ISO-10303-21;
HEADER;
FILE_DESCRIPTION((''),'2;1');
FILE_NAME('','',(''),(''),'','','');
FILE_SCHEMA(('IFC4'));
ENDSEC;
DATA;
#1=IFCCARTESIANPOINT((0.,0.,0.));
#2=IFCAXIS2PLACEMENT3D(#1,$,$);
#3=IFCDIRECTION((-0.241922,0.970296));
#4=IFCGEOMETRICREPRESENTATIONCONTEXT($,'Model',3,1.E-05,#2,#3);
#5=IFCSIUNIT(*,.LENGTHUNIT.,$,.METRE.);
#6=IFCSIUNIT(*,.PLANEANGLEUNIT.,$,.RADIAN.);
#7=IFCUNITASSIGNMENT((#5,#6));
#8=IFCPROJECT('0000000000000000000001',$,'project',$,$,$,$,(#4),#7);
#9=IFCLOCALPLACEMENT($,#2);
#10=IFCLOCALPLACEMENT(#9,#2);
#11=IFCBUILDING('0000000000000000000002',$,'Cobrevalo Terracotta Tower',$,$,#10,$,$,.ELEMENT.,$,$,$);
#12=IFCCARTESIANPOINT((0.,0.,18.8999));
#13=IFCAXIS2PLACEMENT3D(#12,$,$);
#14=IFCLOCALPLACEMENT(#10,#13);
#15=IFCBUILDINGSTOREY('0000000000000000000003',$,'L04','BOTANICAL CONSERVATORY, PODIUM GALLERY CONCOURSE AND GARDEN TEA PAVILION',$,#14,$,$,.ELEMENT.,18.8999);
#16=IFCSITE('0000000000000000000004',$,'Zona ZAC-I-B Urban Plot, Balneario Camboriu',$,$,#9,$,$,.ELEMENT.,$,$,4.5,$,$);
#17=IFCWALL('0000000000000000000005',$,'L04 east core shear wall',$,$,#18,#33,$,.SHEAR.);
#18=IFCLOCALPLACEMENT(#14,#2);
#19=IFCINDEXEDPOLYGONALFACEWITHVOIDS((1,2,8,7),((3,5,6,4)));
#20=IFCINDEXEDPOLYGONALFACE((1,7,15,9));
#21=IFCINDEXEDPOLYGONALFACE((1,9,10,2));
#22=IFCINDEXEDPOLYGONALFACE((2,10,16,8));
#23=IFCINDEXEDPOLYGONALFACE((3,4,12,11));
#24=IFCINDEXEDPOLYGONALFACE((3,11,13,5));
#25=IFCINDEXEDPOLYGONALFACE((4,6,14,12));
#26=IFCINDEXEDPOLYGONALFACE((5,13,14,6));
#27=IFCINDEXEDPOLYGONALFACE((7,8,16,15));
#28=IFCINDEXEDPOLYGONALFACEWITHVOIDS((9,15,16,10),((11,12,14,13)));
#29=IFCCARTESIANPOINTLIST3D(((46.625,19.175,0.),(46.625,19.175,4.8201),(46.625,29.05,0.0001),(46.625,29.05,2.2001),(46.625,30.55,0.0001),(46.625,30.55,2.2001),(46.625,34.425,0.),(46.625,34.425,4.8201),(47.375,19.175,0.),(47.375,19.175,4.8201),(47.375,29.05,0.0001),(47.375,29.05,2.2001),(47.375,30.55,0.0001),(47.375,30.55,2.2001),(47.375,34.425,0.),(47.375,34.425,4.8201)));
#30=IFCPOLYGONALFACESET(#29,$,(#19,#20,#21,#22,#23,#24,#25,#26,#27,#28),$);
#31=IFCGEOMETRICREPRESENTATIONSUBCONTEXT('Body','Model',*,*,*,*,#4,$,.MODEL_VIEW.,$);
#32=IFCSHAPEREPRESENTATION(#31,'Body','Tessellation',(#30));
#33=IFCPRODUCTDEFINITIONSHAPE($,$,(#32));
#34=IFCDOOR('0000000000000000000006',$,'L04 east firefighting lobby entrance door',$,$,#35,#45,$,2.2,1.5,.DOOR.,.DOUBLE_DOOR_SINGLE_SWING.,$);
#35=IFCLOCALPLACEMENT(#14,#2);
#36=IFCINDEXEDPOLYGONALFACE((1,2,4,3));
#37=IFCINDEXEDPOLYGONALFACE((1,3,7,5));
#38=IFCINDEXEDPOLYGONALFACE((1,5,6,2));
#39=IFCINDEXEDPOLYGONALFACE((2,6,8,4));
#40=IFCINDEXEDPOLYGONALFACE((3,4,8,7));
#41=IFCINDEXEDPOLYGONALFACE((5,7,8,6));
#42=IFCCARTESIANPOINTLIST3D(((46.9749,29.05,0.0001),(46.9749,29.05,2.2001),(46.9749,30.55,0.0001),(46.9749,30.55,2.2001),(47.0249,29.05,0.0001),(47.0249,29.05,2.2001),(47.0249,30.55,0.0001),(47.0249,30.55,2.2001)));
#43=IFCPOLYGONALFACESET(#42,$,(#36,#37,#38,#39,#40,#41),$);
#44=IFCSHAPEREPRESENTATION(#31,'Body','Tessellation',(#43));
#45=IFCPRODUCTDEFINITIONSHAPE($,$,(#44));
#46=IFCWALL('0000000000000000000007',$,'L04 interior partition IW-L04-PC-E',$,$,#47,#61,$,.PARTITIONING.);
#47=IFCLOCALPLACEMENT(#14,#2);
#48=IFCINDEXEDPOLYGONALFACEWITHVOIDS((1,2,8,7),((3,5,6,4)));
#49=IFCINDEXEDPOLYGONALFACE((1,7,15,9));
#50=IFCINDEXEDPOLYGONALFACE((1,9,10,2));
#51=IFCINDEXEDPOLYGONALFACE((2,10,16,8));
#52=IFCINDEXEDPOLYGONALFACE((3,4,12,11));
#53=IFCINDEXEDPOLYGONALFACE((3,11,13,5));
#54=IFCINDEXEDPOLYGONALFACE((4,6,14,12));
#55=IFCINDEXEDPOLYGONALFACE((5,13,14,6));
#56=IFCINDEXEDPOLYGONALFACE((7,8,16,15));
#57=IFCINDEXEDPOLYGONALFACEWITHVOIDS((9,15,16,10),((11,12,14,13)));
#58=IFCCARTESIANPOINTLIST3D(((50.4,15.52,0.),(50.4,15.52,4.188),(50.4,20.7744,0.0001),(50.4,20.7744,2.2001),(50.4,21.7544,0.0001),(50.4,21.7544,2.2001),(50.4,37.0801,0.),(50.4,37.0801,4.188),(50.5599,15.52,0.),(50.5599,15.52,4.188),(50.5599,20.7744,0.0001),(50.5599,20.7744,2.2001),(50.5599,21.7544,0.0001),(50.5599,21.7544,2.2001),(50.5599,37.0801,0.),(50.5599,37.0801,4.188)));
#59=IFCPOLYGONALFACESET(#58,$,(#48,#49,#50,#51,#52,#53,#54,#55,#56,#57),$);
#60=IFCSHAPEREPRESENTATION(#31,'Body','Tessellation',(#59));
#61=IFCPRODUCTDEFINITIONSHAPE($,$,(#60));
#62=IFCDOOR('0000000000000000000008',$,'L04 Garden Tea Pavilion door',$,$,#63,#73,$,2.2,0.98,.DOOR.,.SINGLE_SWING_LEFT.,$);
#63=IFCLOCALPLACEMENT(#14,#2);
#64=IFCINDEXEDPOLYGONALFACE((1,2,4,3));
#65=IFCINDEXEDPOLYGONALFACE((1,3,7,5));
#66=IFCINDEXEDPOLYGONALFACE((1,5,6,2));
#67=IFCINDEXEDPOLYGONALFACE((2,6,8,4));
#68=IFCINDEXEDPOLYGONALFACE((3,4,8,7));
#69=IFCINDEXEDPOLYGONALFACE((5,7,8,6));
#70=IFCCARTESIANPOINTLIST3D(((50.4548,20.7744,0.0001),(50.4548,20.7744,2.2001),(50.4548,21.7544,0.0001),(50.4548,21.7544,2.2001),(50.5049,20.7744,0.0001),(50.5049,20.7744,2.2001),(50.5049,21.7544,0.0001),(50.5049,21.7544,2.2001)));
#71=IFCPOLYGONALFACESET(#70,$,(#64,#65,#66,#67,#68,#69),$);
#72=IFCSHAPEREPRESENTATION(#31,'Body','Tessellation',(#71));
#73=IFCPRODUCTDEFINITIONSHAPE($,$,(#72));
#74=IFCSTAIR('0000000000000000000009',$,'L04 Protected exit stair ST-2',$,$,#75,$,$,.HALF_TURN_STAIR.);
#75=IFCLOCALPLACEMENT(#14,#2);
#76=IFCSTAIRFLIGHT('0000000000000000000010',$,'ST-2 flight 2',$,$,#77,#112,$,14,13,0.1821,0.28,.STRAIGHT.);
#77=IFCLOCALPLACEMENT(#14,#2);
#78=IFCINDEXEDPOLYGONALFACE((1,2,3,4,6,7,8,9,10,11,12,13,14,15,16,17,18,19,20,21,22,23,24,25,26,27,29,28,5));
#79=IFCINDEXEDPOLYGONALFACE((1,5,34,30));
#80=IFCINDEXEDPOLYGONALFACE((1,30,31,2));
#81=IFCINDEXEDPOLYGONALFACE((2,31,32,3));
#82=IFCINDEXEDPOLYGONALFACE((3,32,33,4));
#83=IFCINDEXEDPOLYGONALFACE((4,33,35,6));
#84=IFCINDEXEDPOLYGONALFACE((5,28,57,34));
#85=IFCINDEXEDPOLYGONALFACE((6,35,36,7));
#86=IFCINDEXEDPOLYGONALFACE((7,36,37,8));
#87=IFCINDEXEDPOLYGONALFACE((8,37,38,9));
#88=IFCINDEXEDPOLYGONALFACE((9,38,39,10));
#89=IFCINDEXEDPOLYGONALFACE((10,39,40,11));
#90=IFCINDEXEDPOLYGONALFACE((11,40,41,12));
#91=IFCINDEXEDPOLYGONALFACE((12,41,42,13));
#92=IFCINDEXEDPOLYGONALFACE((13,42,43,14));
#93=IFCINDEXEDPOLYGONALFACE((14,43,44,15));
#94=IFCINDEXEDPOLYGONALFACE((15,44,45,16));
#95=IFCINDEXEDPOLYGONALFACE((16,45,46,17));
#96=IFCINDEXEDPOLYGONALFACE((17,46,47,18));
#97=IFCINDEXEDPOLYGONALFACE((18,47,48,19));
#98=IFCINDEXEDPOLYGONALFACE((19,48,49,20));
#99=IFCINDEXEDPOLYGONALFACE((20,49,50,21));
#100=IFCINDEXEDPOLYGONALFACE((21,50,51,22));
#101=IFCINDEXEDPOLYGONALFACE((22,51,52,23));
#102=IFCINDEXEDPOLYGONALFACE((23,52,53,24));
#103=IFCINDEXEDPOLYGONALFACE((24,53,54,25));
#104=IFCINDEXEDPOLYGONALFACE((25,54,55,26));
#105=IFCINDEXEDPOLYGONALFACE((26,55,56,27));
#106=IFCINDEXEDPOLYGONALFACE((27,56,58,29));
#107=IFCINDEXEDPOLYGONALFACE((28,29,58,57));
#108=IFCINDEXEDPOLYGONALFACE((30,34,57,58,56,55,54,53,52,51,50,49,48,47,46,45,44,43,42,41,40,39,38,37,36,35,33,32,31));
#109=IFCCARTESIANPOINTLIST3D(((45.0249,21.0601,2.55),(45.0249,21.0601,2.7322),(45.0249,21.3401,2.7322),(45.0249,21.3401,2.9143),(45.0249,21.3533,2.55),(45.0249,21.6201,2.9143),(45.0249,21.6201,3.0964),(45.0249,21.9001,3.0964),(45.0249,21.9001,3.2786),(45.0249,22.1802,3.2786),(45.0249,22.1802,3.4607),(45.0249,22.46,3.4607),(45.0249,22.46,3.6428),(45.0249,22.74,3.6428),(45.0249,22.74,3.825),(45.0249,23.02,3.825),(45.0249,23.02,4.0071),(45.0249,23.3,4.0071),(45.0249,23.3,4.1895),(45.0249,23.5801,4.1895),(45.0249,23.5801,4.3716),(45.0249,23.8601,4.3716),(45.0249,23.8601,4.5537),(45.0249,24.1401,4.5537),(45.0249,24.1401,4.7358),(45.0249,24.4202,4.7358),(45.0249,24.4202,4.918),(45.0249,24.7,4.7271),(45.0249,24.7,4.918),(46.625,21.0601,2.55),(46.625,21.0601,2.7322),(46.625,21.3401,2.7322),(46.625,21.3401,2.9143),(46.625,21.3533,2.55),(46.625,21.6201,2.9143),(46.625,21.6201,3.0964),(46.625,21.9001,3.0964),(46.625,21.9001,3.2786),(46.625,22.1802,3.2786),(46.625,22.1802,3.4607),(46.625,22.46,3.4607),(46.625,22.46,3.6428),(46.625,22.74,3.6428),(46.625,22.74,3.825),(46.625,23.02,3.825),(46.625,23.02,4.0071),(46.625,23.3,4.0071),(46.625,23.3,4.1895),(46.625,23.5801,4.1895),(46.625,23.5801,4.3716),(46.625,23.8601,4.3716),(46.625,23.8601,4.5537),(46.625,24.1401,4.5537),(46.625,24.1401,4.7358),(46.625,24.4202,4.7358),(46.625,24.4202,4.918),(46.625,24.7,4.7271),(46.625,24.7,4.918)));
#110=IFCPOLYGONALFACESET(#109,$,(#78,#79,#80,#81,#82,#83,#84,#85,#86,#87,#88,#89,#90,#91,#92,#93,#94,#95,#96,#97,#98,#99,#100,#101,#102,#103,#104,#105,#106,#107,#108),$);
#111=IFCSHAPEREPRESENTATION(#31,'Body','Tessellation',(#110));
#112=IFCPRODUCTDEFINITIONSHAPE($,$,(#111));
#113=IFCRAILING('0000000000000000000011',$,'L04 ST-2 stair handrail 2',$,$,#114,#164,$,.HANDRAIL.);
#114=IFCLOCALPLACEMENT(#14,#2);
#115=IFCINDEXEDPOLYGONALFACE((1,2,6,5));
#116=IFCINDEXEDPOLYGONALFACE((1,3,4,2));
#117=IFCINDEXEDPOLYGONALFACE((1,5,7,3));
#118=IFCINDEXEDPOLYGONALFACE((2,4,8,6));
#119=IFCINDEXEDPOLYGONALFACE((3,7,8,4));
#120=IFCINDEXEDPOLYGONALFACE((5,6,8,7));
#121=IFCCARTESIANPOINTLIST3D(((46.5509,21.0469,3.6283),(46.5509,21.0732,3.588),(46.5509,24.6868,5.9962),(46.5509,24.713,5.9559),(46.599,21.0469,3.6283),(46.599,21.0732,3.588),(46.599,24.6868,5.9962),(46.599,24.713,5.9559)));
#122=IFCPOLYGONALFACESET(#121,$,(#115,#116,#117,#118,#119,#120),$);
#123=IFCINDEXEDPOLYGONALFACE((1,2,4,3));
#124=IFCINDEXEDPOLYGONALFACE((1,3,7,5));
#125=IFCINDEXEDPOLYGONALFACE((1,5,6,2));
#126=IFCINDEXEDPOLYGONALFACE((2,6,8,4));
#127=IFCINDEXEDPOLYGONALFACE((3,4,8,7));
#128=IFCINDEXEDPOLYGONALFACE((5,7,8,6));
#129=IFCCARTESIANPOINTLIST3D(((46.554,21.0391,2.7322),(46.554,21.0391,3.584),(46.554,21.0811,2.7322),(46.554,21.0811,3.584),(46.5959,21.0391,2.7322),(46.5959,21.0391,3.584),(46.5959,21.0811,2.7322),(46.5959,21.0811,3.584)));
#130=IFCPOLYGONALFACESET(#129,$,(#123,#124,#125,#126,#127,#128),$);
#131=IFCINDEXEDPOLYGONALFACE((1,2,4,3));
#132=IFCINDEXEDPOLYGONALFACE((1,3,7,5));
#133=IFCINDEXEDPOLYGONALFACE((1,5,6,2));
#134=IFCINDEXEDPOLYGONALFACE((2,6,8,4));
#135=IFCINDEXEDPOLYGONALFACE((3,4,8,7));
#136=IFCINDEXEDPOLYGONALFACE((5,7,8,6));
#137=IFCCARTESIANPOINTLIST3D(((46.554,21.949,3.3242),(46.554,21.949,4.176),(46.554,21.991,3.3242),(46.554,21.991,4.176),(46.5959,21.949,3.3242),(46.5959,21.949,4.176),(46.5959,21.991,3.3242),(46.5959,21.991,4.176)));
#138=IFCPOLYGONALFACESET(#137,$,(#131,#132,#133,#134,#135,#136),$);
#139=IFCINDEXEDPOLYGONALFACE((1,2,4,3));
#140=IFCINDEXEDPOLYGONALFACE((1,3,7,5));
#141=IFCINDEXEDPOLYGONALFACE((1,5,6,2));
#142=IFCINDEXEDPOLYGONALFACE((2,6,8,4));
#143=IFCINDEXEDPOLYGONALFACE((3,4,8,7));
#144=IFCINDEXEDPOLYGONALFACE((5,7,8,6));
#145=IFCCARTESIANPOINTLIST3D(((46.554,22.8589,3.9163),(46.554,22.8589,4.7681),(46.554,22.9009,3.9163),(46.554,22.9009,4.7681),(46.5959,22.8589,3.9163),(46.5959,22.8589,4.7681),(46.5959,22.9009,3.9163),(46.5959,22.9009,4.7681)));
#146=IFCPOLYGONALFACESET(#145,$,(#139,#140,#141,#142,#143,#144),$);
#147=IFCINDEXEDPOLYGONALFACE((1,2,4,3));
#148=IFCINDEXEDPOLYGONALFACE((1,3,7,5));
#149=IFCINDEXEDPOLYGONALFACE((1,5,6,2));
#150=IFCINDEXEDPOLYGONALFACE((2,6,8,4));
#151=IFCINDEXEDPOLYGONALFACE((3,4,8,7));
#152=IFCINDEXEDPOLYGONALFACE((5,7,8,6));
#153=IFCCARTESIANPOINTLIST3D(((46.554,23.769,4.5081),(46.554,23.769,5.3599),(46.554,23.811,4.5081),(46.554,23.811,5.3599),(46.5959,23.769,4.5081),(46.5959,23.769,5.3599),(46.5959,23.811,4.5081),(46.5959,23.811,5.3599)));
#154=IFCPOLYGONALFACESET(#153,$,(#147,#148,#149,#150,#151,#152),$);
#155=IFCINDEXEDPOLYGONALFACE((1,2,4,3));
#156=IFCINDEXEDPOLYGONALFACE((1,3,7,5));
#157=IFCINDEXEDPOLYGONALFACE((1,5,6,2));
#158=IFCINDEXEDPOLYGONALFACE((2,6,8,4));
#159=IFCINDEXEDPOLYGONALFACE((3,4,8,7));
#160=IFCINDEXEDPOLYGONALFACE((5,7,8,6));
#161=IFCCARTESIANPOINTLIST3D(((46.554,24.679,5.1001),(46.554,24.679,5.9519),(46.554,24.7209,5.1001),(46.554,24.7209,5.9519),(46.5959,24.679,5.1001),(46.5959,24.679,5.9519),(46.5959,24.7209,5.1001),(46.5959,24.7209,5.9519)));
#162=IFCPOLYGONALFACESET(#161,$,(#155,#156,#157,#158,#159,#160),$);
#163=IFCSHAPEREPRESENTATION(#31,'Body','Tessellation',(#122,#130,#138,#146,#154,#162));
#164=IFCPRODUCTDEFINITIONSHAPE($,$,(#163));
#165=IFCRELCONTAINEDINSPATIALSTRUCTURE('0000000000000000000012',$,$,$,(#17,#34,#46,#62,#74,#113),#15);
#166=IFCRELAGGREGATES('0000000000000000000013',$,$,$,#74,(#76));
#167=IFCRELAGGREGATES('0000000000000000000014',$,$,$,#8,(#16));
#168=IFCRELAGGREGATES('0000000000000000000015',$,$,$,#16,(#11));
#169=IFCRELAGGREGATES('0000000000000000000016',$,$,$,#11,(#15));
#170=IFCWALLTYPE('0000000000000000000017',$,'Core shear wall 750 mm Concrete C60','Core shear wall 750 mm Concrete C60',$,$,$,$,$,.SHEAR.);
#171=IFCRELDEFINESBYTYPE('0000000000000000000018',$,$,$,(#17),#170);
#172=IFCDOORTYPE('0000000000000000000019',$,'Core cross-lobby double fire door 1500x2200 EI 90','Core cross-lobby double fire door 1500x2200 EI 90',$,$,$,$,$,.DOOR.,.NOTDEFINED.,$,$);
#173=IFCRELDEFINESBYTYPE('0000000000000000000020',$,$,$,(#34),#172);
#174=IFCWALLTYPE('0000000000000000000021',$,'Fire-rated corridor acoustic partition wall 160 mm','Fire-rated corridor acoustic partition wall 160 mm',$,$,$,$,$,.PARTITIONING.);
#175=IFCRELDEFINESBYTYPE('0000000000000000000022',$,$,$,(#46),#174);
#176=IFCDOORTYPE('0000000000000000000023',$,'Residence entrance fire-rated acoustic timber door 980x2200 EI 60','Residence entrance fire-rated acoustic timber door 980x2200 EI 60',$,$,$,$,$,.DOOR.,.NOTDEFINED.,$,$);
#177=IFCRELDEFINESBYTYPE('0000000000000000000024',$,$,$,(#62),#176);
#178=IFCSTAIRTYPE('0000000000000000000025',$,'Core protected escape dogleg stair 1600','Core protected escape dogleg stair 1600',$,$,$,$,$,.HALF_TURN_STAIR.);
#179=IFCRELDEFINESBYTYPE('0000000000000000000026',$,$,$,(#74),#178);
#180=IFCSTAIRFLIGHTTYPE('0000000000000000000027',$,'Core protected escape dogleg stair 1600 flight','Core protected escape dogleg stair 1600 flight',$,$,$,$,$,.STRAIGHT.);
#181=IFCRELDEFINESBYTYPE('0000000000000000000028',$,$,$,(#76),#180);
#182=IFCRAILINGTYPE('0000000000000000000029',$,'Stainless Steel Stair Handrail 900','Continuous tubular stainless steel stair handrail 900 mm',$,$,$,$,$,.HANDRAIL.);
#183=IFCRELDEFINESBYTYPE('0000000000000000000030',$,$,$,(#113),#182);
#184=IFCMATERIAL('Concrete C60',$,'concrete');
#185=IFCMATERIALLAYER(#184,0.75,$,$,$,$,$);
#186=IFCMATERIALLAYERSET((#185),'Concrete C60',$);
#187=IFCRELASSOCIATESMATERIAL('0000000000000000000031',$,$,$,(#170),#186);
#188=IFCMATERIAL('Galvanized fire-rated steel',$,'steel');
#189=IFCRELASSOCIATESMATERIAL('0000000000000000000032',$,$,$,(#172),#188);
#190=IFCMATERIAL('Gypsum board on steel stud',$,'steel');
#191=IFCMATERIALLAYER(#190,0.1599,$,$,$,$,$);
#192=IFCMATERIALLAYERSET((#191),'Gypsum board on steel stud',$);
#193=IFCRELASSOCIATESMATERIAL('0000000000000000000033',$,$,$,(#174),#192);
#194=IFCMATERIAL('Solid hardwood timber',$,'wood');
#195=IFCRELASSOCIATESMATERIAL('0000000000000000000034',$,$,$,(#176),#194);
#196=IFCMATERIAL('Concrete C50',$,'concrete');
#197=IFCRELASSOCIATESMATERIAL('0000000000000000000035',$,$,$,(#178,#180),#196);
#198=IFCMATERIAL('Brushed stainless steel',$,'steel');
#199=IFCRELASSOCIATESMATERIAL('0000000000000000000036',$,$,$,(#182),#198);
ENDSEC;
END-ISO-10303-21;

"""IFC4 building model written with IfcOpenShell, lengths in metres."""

from ifc_helpers import new_model, si_unit, direction, frame, frame_2d, origin, origin_2d, place, context, subcontext, project, spatial, polyline, rectangle, outline, extrude, source, transform, mapped, material, layer, layer_set, type_object, element, fill, aggregate, save


model = new_model("IFC4")

# Units and contexts
model_context = context("Model", 3, precision=1e-05, world=origin(), true_north=direction((-0.241922, 0.970296)))
body_context = subcontext(model_context, "Body", "Model", "MODEL_VIEW")
ifc_project = project(units=[si_unit("LENGTHUNIT", "METRE"), si_unit("PLANEANGLEUNIT", "RADIAN")], contexts=[model_context])

# Site, building, storey
site_placement = place(None, origin())
site = spatial("IfcSite", under=ifc_project, at=site_placement, Name="Zona ZAC-I-B Urban Plot, Balneario Camboriu", CompositionType="ELEMENT", RefElevation=4.5)
building_placement = place(site_placement, origin())
building = spatial("IfcBuilding", under=site, at=building_placement, Name="Cobrevalo Terracotta Tower", CompositionType="ELEMENT")
storey_placement = place(building_placement, frame((0.0, 0.0, 18.8999)))
storey = spatial("IfcBuildingStorey", under=building, at=storey_placement, Name="L04", Description="BOTANICAL CONSERVATORY, PODIUM GALLERY CONCOURSE AND GARDEN TEA PAVILION", CompositionType="ELEMENT", Elevation=18.8999)

# Shared definitions
ifc_material_1 = material(Name="Concrete C60", Category="concrete")

# Walls, openings, doors
ifc_layer_1 = layer(ifc_material_1, 0.75)
ifc_layer_set_1 = layer_set([ifc_layer_1], Name="Concrete C60")
wall_type_1 = type_object("IfcWallType", Name="Core shear wall 750 mm Concrete C60", Description="Core shear wall 750 mm Concrete C60", PredefinedType="SHEAR", material=ifc_layer_set_1)
wall_1_placement = place(storey_placement, frame((47.0, 19.175, 0.0), z_axis=(0.0, 0.0, 1.0), x_axis=(0.0, 1.0, 0.0)))
wall_1 = element("IfcWall", 1, at=wall_1_placement, inside=storey, type_object=wall_type_1, Name="L04 east core shear wall", PredefinedType="SHEAR", context=body_context, shape_type="SweptSolid", body=[
    extrude(rectangle(XDim=15.25, YDim=0.75, at=frame_2d((7.625, 0.0))), origin(), (0.0, 0.0, 1.0), 4.8201),
])
opening_1_placement = place(wall_1_placement, frame((9.875, 0.0, 0.0)))
opening_1 = element("IfcOpeningElement", 2, at=opening_1_placement, cuts=wall_1, PredefinedType="OPENING", context=body_context, shape_type="SweptSolid", body=[
    extrude(rectangle(XDim=1.5, YDim=2.2, at=frame_2d((0.75, 1.1001))), frame((0.0, 0.385, 0.0), z_axis=(0.0, -1.0, 0.0), x_axis=(1.0, 0.0, 0.0)), (0.0, 0.0, 1.0), 0.77),
])
ifc_material_2 = material(Name="Galvanized fire-rated steel", Category="steel")
door_type_1 = type_object("IfcDoorType", Name="Core cross-lobby double fire door 1500x2200 EI 90", Description="Core cross-lobby double fire door 1500x2200 EI 90", OperationType="NOTDEFINED", PredefinedType="DOOR", material=ifc_material_2)
shared_shape_1 = source(origin(), body_context, "Body", "SweptSolid", [
    extrude(rectangle(XDim=1.5, YDim=2.2, at=frame_2d((0.75, 1.1001))), frame((0.0, 0.0249, 0.0), z_axis=(0.0, -1.0, 0.0), x_axis=(1.0, 0.0, 0.0)), (0.0, 0.0, 1.0), 0.05),
])
door_1_placement = place(opening_1_placement, frame((1.5, 0.0, 0.0), z_axis=(0.0, 0.0, 1.0), x_axis=(-1.0, 0.0, 0.0)))
door_1 = element("IfcDoor", 3, at=door_1_placement, inside=storey, type_object=door_type_1, Name="L04 east firefighting lobby entrance door", OperationType="DOUBLE_DOOR_SINGLE_SWING", OverallHeight=2.2, OverallWidth=1.5, PredefinedType="DOOR", context=body_context, shape_type="MappedRepresentation", body=[
    mapped(shared_shape_1, transform((0.0, 0.0, 0.0), scale=1.0)),
])
fill(opening_1, door_1)
ifc_material_3 = material(Name="Gypsum board on steel stud", Category="steel")
ifc_layer_2 = layer(ifc_material_3, 0.1599)
ifc_layer_set_2 = layer_set([ifc_layer_2], Name="Gypsum board on steel stud")
wall_type_2 = type_object("IfcWallType", Name="Fire-rated corridor acoustic partition wall 160 mm", Description="Fire-rated corridor acoustic partition wall 160 mm", PredefinedType="PARTITIONING", material=ifc_layer_set_2)
wall_2_placement = place(storey_placement, frame((50.48, 15.52, 0.0), z_axis=(0.0, 0.0, 1.0), x_axis=(0.0, 1.0, 0.0)))
wall_2 = element("IfcWall", 4, at=wall_2_placement, inside=storey, type_object=wall_type_2, Name="L04 interior partition IW-L04-PC-E", PredefinedType="PARTITIONING", context=body_context, shape_type="SweptSolid", body=[
    extrude(rectangle(XDim=21.5601, YDim=0.1599, at=frame_2d((10.78, 0.0))), origin(), (0.0, 0.0, 1.0), 4.188),
])
opening_2_placement = place(wall_2_placement, frame((5.2544, 0.0, 0.0)))
opening_2 = element("IfcOpeningElement", 5, at=opening_2_placement, cuts=wall_2, PredefinedType="OPENING", context=body_context, shape_type="SweptSolid", body=[
    extrude(rectangle(XDim=0.98, YDim=2.2, at=frame_2d((0.49, 1.1001))), frame((0.0, 0.0898, 0.0), z_axis=(0.0, -1.0, 0.0), x_axis=(1.0, 0.0, 0.0)), (0.0, 0.0, 1.0), 0.1799),
])
ifc_material_4 = material(Name="Solid hardwood timber", Category="wood")
door_type_2 = type_object("IfcDoorType", Name="Residence entrance fire-rated acoustic timber door 980x2200 EI 60", Description="Residence entrance fire-rated acoustic timber door 980x2200 EI 60", OperationType="NOTDEFINED", PredefinedType="DOOR", material=ifc_material_4)
shared_shape_2 = source(origin(), body_context, "Body", "SweptSolid", [
    extrude(rectangle(XDim=0.98, YDim=2.2, at=frame_2d((0.49, 1.1001))), frame((0.0, 0.0249, 0.0), z_axis=(0.0, -1.0, 0.0), x_axis=(1.0, 0.0, 0.0)), (0.0, 0.0, 1.0), 0.05),
])
door_2_placement = place(opening_2_placement, frame((0.98, 0.0, 0.0), z_axis=(0.0, 0.0, 1.0), x_axis=(-1.0, 0.0, 0.0)))
door_2 = element("IfcDoor", 6, at=door_2_placement, inside=storey, type_object=door_type_2, Name="L04 Garden Tea Pavilion door", OperationType="SINGLE_SWING_LEFT", OverallHeight=2.2, OverallWidth=0.98, PredefinedType="DOOR", context=body_context, shape_type="MappedRepresentation", body=[
    mapped(shared_shape_2, transform((0.0, 0.0, 0.0), scale=1.0)),
])
fill(opening_2, door_2)

# Stair, stair flight
ifc_material_5 = material(Name="Concrete C50", Category="concrete")
stair_type = type_object("IfcStairType", Name="Core protected escape dogleg stair 1600", Description="Core protected escape dogleg stair 1600", PredefinedType="HALF_TURN_STAIR", material=ifc_material_5)
stair_placement = place(storey_placement, origin())
stair = element("IfcStair", 7, at=stair_placement, inside=storey, type_object=stair_type, Name="L04 Protected exit stair ST-2", PredefinedType="HALF_TURN_STAIR")
stair_flight_type = type_object("IfcStairFlightType", Name="Core protected escape dogleg stair 1600 flight", Description="Core protected escape dogleg stair 1600 flight", PredefinedType="STRAIGHT", material=ifc_material_5)
stair_flight_placement = place(storey_placement, frame((45.825, 21.0601, 2.55), z_axis=(0.0, 0.0, 1.0), x_axis=(0.0, 1.0, 0.0)))
stair_flight = element("IfcStairFlight", 8, at=stair_flight_placement, type_object=stair_flight_type, Name="ST-2 flight 2", NumberOfRisers=14, NumberOfTreads=13, PredefinedType="STRAIGHT", RiserHeight=0.1821, TreadLength=0.28, context=body_context, shape_type="SweptSolid", body=[
    extrude(outline(polyline([(0.0, 0.0), (0.0, 0.1821), (0.28, 0.1821), (0.28, 0.3643), (0.5601, 0.3643), (0.5601, 0.5464), (0.8401, 0.5464), (0.8401, 0.7285), (1.1201, 0.7285), (1.1201, 0.9106), (1.3999, 0.9106), (1.3999, 1.0928), (1.6799, 1.0928), (1.6799, 1.2749), (1.96, 1.2749), (1.96, 1.457), (2.24, 1.457), (2.24, 1.6394), (2.52, 1.6394), (2.52, 1.8215), (2.8, 1.8215), (2.8, 2.0037), (3.0801, 2.0037), (3.0801, 2.1858), (3.3601, 2.1858), (3.3601, 2.3679), (3.6399, 2.3679), (3.6399, 2.55), (3.6399, 2.177), (0.2932, 0.0), (0.0, 0.0)])), frame((0.0, 0.8, 0.0), z_axis=(0.0, -1.0, 0.0), x_axis=(1.0, 0.0, 0.0)), (0.0, 0.0, 1.0), 1.6001),
])
aggregate(stair, [stair_flight])

# Railing
ifc_material_6 = material(Name="Brushed stainless steel", Category="steel")
railing_type_1 = type_object("IfcRailingType", Name="Stainless Steel Stair Handrail 900", Description="Continuous tubular stainless steel stair handrail 900 mm", PredefinedType="HANDRAIL", material=ifc_material_6)
railing_1_placement = place(storey_placement, frame((46.575, 21.0601, 2.7322)))
element("IfcRailing", 9, at=railing_1_placement, inside=storey, type_object=railing_type_1, Name="L04 ST-2 stair handrail 2", PredefinedType="HANDRAIL", context=body_context, shape_type="SweptSolid", body=[
    extrude(rectangle(XDim=0.0481, YDim=0.0481, at=origin_2d()), frame((0.0, 0.0, 0.876), z_axis=(0.0, 0.838234, 0.54531), x_axis=(-1.0, 0.0, 0.0)), (0.0, 0.0, 1.0), 4.3423),
    extrude(rectangle(XDim=0.042, YDim=0.042, at=origin_2d()), origin(), (0.0, 0.0, 1.0), 0.8518),
    extrude(rectangle(XDim=0.042, YDim=0.042, at=origin_2d()), frame((0.0, 0.9099, 0.592)), (0.0, 0.0, 1.0), 0.8518),
    extrude(rectangle(XDim=0.042, YDim=0.042, at=origin_2d()), frame((0.0, 1.8198, 1.1841)), (0.0, 0.0, 1.0), 0.8518),
    extrude(rectangle(XDim=0.042, YDim=0.042, at=origin_2d()), frame((0.0, 2.73, 1.7759)), (0.0, 0.0, 1.0), 0.8518),
    extrude(rectangle(XDim=0.042, YDim=0.042, at=origin_2d()), frame((0.0, 3.6399, 2.3679)), (0.0, 0.0, 1.0), 0.8518),
])

save(model, "model.ifc")
